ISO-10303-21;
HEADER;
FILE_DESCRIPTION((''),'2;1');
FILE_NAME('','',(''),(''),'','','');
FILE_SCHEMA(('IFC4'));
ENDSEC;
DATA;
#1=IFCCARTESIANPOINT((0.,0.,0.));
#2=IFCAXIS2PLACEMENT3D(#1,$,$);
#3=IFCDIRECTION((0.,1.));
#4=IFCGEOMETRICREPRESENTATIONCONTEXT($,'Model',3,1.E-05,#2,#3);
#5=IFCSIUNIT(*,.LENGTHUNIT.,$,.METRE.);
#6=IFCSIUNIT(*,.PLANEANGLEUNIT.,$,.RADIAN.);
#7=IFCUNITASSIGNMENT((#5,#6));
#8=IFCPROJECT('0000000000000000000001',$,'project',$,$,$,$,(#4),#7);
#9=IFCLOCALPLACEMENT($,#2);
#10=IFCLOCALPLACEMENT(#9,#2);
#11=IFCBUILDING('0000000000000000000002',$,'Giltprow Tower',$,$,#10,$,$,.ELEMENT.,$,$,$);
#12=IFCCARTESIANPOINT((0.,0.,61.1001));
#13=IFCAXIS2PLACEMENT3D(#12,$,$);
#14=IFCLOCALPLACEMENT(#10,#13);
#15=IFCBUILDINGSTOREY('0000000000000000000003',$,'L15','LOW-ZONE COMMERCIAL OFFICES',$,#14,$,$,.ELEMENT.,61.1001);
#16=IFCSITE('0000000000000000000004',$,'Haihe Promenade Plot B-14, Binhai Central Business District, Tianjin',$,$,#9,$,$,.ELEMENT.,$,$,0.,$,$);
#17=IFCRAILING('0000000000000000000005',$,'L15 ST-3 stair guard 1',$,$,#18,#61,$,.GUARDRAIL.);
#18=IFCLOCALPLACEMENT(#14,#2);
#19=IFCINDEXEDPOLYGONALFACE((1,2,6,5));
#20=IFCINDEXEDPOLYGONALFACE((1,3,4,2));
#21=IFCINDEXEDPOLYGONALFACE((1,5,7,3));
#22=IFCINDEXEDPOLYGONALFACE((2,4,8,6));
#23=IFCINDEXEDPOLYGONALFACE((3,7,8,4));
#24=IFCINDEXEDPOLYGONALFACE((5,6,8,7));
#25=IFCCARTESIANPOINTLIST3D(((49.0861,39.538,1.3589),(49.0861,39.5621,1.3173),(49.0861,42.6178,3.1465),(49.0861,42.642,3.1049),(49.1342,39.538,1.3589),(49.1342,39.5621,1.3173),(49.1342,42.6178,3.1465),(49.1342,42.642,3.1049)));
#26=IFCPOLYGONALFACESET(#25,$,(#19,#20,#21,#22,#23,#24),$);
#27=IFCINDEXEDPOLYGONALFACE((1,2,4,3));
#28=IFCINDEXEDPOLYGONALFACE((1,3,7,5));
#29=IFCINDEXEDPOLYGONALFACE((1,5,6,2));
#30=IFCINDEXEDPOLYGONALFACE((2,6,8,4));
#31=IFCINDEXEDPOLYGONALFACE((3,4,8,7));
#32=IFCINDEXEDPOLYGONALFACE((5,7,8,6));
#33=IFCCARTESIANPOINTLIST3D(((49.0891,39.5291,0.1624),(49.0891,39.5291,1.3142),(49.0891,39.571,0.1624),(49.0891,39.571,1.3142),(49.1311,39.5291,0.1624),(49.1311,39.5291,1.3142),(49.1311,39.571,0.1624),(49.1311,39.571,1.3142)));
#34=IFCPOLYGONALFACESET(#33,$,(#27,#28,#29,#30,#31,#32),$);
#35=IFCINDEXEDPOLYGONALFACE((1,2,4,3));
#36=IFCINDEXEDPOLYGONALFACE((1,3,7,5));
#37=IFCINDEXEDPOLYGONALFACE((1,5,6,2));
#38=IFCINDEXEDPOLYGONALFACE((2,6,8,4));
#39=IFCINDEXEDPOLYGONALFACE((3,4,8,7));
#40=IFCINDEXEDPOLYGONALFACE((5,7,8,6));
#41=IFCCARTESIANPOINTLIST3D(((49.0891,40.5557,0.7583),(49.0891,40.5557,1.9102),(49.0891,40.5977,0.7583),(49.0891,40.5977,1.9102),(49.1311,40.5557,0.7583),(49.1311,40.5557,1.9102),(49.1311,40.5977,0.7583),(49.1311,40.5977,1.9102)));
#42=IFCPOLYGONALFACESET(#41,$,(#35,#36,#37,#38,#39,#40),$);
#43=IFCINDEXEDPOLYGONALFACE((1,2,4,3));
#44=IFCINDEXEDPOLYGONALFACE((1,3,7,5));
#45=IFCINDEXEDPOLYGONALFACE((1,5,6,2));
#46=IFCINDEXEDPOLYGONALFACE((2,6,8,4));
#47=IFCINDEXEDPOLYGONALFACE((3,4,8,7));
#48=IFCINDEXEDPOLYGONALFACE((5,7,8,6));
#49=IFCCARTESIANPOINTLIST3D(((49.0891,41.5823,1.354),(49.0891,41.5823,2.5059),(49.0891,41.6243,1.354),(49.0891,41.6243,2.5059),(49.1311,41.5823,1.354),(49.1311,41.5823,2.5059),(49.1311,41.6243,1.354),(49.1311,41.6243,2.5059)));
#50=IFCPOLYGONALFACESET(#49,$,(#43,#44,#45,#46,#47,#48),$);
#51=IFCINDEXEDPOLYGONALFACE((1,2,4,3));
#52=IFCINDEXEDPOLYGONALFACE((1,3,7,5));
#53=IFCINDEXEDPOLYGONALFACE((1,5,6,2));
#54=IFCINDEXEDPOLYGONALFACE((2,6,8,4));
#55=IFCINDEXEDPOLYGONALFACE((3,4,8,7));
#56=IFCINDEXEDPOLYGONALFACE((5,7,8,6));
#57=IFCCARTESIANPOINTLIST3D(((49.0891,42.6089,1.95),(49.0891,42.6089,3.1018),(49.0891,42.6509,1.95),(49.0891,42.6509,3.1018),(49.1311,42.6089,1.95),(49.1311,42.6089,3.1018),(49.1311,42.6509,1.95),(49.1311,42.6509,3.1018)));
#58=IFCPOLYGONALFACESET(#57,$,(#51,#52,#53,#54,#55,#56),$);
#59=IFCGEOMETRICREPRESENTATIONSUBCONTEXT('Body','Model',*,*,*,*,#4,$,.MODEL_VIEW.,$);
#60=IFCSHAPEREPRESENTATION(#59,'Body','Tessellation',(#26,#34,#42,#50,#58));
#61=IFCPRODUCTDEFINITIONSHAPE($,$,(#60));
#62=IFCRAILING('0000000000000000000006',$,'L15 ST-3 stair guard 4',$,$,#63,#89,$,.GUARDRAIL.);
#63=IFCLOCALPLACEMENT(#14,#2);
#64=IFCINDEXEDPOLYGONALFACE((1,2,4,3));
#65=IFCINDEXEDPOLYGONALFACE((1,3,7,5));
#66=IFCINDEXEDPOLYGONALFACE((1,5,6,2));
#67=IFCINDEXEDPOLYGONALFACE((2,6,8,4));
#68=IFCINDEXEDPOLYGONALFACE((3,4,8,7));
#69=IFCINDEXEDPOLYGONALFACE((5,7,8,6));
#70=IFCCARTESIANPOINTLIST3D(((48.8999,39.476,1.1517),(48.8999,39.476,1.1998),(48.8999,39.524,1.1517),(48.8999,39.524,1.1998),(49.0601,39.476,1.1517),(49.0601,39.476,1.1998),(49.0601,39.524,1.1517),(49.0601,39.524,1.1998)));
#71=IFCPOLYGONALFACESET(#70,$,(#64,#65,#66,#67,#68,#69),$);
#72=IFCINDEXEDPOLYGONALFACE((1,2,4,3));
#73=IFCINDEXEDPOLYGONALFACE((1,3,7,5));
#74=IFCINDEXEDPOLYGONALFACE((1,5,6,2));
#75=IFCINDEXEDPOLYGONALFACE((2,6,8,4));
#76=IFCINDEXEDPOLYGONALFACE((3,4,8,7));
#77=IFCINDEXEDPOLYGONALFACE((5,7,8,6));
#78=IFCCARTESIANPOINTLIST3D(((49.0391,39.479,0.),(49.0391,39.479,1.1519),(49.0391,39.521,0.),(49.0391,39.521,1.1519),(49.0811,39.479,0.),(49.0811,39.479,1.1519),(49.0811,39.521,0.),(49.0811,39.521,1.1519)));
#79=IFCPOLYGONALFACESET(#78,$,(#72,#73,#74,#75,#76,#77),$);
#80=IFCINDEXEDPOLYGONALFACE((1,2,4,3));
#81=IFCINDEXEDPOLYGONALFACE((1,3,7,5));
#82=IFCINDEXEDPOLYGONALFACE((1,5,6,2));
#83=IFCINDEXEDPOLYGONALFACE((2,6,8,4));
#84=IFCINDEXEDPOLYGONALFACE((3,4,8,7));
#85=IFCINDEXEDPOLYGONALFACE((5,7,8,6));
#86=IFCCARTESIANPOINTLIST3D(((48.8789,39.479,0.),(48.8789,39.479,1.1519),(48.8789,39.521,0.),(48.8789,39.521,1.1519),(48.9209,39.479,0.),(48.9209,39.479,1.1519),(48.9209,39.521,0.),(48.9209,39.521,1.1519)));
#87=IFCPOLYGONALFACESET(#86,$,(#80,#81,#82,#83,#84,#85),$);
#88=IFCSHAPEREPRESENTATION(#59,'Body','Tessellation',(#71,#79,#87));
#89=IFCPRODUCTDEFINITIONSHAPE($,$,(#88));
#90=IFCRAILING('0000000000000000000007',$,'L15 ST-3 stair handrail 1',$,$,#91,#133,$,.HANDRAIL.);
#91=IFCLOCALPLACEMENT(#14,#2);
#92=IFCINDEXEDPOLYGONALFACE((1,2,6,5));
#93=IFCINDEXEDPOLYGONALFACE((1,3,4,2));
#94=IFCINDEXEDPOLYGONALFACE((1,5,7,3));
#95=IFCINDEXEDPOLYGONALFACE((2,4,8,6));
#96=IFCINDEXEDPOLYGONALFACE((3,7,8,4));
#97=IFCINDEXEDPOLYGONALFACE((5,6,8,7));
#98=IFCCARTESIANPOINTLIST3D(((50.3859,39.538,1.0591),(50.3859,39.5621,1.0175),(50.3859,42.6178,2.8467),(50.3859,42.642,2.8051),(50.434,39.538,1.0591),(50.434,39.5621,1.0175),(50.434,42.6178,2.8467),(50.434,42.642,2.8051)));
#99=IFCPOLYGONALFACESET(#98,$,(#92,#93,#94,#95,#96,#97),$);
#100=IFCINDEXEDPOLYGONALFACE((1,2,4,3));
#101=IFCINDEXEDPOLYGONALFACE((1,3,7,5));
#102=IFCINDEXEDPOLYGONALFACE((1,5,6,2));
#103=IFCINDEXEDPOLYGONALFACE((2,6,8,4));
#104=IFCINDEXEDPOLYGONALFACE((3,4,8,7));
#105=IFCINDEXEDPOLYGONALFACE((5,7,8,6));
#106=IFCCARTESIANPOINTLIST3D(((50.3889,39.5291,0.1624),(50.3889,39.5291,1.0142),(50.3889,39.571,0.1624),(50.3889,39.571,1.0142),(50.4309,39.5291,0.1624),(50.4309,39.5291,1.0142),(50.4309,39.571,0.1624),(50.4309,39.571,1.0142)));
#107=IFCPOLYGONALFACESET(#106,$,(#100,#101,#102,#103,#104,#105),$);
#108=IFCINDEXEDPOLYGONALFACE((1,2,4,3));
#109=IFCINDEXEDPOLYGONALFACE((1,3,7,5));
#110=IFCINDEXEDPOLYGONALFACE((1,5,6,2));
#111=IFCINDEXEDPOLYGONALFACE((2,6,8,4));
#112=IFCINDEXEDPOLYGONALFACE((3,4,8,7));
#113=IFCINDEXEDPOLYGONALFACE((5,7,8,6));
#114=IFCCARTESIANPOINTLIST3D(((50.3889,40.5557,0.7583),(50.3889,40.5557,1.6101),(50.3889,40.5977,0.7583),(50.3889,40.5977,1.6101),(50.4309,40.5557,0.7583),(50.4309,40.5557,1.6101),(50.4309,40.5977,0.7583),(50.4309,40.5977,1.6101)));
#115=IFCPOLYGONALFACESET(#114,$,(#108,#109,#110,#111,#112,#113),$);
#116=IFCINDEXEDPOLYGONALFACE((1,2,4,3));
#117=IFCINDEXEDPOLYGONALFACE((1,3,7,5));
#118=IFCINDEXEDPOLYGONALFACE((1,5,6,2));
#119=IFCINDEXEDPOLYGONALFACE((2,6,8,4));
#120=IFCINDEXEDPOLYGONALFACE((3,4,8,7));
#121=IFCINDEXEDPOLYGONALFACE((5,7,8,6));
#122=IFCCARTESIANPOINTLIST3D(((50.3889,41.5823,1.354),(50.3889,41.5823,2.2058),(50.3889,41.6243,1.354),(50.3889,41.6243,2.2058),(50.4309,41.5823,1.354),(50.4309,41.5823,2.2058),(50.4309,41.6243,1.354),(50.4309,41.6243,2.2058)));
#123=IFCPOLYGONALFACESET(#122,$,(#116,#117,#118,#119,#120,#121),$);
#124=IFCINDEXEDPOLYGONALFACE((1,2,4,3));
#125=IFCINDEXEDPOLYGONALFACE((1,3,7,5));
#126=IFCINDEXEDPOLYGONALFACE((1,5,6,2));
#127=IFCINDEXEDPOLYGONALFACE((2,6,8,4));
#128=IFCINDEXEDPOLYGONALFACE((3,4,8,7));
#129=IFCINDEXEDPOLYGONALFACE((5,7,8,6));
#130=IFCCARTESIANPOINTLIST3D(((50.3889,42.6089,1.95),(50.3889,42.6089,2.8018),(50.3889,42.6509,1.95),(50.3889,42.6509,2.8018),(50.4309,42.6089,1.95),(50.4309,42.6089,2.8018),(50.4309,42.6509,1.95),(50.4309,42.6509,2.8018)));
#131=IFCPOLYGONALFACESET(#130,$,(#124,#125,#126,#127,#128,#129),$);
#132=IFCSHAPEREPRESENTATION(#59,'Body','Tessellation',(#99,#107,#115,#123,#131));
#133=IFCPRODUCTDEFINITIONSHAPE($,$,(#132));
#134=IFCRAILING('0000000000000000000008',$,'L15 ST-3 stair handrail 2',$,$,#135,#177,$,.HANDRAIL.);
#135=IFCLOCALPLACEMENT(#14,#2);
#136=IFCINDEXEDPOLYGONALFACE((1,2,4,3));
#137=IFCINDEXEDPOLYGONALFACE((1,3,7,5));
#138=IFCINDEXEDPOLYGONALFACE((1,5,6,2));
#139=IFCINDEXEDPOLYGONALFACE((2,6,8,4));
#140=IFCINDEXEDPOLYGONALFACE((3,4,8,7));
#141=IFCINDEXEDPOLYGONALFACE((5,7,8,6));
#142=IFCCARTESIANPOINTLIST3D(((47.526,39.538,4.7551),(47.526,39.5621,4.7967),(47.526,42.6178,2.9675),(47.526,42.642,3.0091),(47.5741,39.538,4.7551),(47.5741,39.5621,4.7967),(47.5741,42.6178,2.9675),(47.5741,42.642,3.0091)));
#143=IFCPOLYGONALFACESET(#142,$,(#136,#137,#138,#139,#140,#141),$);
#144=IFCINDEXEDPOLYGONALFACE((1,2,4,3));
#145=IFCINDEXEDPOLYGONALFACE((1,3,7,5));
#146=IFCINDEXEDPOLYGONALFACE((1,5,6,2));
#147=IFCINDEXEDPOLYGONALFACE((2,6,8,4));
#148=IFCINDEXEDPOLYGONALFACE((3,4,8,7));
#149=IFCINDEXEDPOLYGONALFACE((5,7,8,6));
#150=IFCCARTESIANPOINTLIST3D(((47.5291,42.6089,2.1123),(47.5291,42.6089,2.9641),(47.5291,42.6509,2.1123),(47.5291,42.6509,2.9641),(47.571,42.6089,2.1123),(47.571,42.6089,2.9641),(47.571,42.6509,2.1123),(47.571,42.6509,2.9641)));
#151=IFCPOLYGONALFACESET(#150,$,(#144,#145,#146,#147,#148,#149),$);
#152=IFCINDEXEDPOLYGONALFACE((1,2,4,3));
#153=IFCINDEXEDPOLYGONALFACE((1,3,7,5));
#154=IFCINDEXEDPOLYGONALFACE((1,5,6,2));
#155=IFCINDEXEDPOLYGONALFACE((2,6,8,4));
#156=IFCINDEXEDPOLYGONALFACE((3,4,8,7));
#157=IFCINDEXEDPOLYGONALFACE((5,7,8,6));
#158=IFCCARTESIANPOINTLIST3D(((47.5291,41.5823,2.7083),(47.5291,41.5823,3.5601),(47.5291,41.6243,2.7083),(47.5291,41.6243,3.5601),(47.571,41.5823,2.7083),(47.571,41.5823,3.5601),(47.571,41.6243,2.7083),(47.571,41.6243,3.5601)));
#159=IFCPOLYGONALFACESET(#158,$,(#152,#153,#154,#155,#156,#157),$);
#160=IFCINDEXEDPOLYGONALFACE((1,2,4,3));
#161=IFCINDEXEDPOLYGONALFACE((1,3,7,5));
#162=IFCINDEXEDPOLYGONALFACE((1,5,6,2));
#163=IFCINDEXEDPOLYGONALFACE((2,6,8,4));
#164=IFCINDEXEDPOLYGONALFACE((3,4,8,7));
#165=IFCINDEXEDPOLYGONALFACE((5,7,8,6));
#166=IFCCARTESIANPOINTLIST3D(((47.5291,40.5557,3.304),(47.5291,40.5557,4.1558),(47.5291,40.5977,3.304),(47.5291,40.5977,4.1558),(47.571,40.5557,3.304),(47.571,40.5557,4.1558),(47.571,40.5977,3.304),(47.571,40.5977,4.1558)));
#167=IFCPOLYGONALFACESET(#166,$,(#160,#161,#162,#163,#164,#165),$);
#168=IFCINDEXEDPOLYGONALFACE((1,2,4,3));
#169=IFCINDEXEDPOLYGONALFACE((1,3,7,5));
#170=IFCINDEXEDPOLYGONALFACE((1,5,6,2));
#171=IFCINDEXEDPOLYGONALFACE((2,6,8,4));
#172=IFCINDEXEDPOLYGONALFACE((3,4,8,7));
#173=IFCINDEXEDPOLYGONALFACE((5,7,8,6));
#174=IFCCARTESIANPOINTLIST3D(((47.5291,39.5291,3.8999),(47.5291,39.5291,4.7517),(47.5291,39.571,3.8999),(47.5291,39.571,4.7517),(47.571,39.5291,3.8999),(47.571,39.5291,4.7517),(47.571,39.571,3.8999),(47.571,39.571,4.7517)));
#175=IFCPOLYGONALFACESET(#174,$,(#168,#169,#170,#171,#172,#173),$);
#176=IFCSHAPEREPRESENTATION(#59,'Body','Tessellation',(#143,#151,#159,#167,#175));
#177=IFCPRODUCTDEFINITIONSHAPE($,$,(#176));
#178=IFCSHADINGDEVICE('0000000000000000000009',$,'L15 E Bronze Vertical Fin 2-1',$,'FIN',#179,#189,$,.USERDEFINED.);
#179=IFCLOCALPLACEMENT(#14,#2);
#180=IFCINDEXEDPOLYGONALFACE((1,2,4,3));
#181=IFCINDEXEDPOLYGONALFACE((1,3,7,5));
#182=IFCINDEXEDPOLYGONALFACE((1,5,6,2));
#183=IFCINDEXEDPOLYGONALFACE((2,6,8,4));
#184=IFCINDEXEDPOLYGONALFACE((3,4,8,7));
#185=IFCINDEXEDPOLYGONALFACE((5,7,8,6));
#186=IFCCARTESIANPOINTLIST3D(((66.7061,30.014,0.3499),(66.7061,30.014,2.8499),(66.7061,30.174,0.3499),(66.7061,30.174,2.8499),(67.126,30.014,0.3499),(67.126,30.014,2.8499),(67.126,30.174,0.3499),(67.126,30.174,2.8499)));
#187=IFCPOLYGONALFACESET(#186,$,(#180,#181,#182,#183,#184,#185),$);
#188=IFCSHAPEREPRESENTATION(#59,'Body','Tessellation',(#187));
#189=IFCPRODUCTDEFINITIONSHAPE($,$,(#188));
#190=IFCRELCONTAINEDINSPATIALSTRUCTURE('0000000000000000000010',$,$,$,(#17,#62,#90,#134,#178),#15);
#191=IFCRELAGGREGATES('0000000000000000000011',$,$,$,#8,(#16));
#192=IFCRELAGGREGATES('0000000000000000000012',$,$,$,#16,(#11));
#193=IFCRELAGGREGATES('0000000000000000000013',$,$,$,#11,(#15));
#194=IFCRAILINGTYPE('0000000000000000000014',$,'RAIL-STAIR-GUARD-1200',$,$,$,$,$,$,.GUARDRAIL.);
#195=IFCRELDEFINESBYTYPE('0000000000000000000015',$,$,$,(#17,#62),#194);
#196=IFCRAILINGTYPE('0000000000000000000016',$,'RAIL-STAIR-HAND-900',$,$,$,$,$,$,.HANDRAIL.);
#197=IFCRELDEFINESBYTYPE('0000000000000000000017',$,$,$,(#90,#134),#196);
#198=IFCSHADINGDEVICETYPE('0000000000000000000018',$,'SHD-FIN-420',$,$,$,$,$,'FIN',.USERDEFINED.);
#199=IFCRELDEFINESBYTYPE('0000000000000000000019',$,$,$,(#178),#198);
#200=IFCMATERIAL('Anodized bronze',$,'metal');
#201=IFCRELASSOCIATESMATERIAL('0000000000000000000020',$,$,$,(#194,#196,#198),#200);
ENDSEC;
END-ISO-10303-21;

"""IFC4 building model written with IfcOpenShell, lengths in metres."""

from ifc_helpers import new_model, si_unit, direction, frame, origin, origin_2d, place, context, subcontext, project, spatial, rectangle, extrude, source, transform, mapped, material, type_object, element, save


model = new_model("IFC4")

# Units and contexts
model_context = context("Model", 3, precision=1e-05, world=origin(), true_north=direction((0.0, 1.0)))
body_context = subcontext(model_context, "Body", "Model", "MODEL_VIEW")
ifc_project = project(units=[si_unit("LENGTHUNIT", "METRE"), si_unit("PLANEANGLEUNIT", "RADIAN")], contexts=[model_context])

# Site, building, storey
site_placement = place(None, origin())
site = spatial("IfcSite", under=ifc_project, at=site_placement, Name="Haihe Promenade Plot B-14, Binhai Central Business District, Tianjin", CompositionType="ELEMENT", RefElevation=0.0)
building_placement = place(site_placement, origin())
building = spatial("IfcBuilding", under=site, at=building_placement, Name="Giltprow Tower", CompositionType="ELEMENT")
storey_placement = place(building_placement, frame((0.0, 0.0, 61.1001)))
storey = spatial("IfcBuildingStorey", under=building, at=storey_placement, Name="L15", Description="LOW-ZONE COMMERCIAL OFFICES", CompositionType="ELEMENT", Elevation=61.1001)

# Railings
ifc_material_1 = material(Name="Anodized bronze", Category="metal")
railing_type_1 = type_object("IfcRailingType", Name="RAIL-STAIR-GUARD-1200", PredefinedType="GUARDRAIL", material=ifc_material_1)
railing_1_placement = place(storey_placement, frame((49.1101, 39.55, 0.1624)))
element("IfcRailing", 1, at=railing_1_placement, inside=storey, type_object=railing_type_1, Name="L15 ST-3 stair guard 1", PredefinedType="GUARDRAIL", context=body_context, shape_type="SweptSolid", body=[
    extrude(rectangle(XDim=0.0481, YDim=0.0481, at=origin_2d()), frame((0.0, 0.0, 1.1758), z_axis=(0.0, 0.864873, 0.50199), x_axis=(-1.0, 0.0, 0.0)), (0.0, 0.0, 1.0), 3.561),
    extrude(rectangle(XDim=0.042, YDim=0.042, at=origin_2d()), origin(), (0.0, 0.0, 1.0), 1.1519),
    extrude(rectangle(XDim=0.042, YDim=0.042, at=origin_2d()), frame((0.0, 1.0266, 0.5959)), (0.0, 0.0, 1.0), 1.1519),
    extrude(rectangle(XDim=0.042, YDim=0.042, at=origin_2d()), frame((0.0, 2.0532, 1.1917)), (0.0, 0.0, 1.0), 1.1519),
    extrude(rectangle(XDim=0.042, YDim=0.042, at=origin_2d()), frame((0.0, 3.0798, 1.7876)), (0.0, 0.0, 1.0), 1.1519),
])
railing_2_placement = place(storey_placement, frame((49.0601, 39.5, 0.0)))
element("IfcRailing", 2, at=railing_2_placement, inside=storey, type_object=railing_type_1, Name="L15 ST-3 stair guard 4", PredefinedType="GUARDRAIL", context=body_context, shape_type="SweptSolid", body=[
    extrude(rectangle(XDim=0.0481, YDim=0.0481, at=origin_2d()), frame((0.0, 0.0, 1.1758), z_axis=(-1.0, 0.0, 0.0), x_axis=(0.0, -1.0, 0.0)), (0.0, 0.0, 1.0), 0.1602),
    extrude(rectangle(XDim=0.042, YDim=0.042, at=origin_2d()), origin(), (0.0, 0.0, 1.0), 1.1519),
    extrude(rectangle(XDim=0.042, YDim=0.042, at=origin_2d()), frame((-0.1602, 0.0, 0.0)), (0.0, 0.0, 1.0), 1.1519),
])
railing_type_2 = type_object("IfcRailingType", Name="RAIL-STAIR-HAND-900", PredefinedType="HANDRAIL", material=ifc_material_1)
railing_3_placement = place(storey_placement, frame((50.4099, 39.55, 0.1624)))
element("IfcRailing", 3, at=railing_3_placement, inside=storey, type_object=railing_type_2, Name="L15 ST-3 stair handrail 1", PredefinedType="HANDRAIL", context=body_context, shape_type="SweptSolid", body=[
    extrude(rectangle(XDim=0.0481, YDim=0.0481, at=origin_2d()), frame((0.0, 0.0, 0.876), z_axis=(0.0, 0.864873, 0.50199), x_axis=(-1.0, 0.0, 0.0)), (0.0, 0.0, 1.0), 3.561),
    extrude(rectangle(XDim=0.042, YDim=0.042, at=origin_2d()), origin(), (0.0, 0.0, 1.0), 0.8518),
    extrude(rectangle(XDim=0.042, YDim=0.042, at=origin_2d()), frame((0.0, 1.0266, 0.5959)), (0.0, 0.0, 1.0), 0.8518),
    extrude(rectangle(XDim=0.042, YDim=0.042, at=origin_2d()), frame((0.0, 2.0532, 1.1917)), (0.0, 0.0, 1.0), 0.8518),
    extrude(rectangle(XDim=0.042, YDim=0.042, at=origin_2d()), frame((0.0, 3.0798, 1.7876)), (0.0, 0.0, 1.0), 0.8518),
])
railing_4_placement = place(storey_placement, frame((47.55, 42.6299, 2.1123)))
element("IfcRailing", 4, at=railing_4_placement, inside=storey, type_object=railing_type_2, Name="L15 ST-3 stair handrail 2", PredefinedType="HANDRAIL", context=body_context, shape_type="SweptSolid", body=[
    extrude(rectangle(XDim=0.0481, YDim=0.0481, at=origin_2d()), frame((0.0, 0.0, 0.876), z_axis=(0.0, -0.864873, 0.50199), x_axis=(1.0, 0.0, 0.0)), (0.0, 0.0, 1.0), 3.561),
    extrude(rectangle(XDim=0.042, YDim=0.042, at=origin_2d()), origin(), (0.0, 0.0, 1.0), 0.8518),
    extrude(rectangle(XDim=0.042, YDim=0.042, at=origin_2d()), frame((0.0, -1.0266, 0.5959)), (0.0, 0.0, 1.0), 0.8518),
    extrude(rectangle(XDim=0.042, YDim=0.042, at=origin_2d()), frame((0.0, -2.0532, 1.1917)), (0.0, 0.0, 1.0), 0.8518),
    extrude(rectangle(XDim=0.042, YDim=0.042, at=origin_2d()), frame((0.0, -3.0798, 1.7876)), (0.0, 0.0, 1.0), 0.8518),
])

# Shading device
shading_device_type = type_object("IfcShadingDeviceType", Name="SHD-FIN-420", ElementType="FIN", PredefinedType="USERDEFINED", material=ifc_material_1)
shared_shape_1 = source(origin(), body_context, "Body", "SweptSolid", [
    extrude(rectangle(XDim=0.4199, YDim=0.1599, at=origin_2d()), origin(), (0.0, 0.0, 1.0), 2.5),
])
shading_device_placement = place(storey_placement, frame((66.916, 30.094, 0.3499), z_axis=(0.0, 0.0, 1.0), x_axis=(1.0, 0.0, 0.0)))
element("IfcShadingDevice", 5, at=shading_device_placement, inside=storey, type_object=shading_device_type, Name="L15 E Bronze Vertical Fin 2-1", ObjectType="FIN", PredefinedType="USERDEFINED", context=body_context, shape_type="MappedRepresentation", body=[
    mapped(shared_shape_1, transform((0.0, 0.0, 0.0), x_axis=(1.0, 0.0, 0.0), y_axis=(0.0, 1.0, 0.0), z_axis=(0.0, 0.0, 1.0), scale=1.0)),
])

save(model, "model.ifc")
